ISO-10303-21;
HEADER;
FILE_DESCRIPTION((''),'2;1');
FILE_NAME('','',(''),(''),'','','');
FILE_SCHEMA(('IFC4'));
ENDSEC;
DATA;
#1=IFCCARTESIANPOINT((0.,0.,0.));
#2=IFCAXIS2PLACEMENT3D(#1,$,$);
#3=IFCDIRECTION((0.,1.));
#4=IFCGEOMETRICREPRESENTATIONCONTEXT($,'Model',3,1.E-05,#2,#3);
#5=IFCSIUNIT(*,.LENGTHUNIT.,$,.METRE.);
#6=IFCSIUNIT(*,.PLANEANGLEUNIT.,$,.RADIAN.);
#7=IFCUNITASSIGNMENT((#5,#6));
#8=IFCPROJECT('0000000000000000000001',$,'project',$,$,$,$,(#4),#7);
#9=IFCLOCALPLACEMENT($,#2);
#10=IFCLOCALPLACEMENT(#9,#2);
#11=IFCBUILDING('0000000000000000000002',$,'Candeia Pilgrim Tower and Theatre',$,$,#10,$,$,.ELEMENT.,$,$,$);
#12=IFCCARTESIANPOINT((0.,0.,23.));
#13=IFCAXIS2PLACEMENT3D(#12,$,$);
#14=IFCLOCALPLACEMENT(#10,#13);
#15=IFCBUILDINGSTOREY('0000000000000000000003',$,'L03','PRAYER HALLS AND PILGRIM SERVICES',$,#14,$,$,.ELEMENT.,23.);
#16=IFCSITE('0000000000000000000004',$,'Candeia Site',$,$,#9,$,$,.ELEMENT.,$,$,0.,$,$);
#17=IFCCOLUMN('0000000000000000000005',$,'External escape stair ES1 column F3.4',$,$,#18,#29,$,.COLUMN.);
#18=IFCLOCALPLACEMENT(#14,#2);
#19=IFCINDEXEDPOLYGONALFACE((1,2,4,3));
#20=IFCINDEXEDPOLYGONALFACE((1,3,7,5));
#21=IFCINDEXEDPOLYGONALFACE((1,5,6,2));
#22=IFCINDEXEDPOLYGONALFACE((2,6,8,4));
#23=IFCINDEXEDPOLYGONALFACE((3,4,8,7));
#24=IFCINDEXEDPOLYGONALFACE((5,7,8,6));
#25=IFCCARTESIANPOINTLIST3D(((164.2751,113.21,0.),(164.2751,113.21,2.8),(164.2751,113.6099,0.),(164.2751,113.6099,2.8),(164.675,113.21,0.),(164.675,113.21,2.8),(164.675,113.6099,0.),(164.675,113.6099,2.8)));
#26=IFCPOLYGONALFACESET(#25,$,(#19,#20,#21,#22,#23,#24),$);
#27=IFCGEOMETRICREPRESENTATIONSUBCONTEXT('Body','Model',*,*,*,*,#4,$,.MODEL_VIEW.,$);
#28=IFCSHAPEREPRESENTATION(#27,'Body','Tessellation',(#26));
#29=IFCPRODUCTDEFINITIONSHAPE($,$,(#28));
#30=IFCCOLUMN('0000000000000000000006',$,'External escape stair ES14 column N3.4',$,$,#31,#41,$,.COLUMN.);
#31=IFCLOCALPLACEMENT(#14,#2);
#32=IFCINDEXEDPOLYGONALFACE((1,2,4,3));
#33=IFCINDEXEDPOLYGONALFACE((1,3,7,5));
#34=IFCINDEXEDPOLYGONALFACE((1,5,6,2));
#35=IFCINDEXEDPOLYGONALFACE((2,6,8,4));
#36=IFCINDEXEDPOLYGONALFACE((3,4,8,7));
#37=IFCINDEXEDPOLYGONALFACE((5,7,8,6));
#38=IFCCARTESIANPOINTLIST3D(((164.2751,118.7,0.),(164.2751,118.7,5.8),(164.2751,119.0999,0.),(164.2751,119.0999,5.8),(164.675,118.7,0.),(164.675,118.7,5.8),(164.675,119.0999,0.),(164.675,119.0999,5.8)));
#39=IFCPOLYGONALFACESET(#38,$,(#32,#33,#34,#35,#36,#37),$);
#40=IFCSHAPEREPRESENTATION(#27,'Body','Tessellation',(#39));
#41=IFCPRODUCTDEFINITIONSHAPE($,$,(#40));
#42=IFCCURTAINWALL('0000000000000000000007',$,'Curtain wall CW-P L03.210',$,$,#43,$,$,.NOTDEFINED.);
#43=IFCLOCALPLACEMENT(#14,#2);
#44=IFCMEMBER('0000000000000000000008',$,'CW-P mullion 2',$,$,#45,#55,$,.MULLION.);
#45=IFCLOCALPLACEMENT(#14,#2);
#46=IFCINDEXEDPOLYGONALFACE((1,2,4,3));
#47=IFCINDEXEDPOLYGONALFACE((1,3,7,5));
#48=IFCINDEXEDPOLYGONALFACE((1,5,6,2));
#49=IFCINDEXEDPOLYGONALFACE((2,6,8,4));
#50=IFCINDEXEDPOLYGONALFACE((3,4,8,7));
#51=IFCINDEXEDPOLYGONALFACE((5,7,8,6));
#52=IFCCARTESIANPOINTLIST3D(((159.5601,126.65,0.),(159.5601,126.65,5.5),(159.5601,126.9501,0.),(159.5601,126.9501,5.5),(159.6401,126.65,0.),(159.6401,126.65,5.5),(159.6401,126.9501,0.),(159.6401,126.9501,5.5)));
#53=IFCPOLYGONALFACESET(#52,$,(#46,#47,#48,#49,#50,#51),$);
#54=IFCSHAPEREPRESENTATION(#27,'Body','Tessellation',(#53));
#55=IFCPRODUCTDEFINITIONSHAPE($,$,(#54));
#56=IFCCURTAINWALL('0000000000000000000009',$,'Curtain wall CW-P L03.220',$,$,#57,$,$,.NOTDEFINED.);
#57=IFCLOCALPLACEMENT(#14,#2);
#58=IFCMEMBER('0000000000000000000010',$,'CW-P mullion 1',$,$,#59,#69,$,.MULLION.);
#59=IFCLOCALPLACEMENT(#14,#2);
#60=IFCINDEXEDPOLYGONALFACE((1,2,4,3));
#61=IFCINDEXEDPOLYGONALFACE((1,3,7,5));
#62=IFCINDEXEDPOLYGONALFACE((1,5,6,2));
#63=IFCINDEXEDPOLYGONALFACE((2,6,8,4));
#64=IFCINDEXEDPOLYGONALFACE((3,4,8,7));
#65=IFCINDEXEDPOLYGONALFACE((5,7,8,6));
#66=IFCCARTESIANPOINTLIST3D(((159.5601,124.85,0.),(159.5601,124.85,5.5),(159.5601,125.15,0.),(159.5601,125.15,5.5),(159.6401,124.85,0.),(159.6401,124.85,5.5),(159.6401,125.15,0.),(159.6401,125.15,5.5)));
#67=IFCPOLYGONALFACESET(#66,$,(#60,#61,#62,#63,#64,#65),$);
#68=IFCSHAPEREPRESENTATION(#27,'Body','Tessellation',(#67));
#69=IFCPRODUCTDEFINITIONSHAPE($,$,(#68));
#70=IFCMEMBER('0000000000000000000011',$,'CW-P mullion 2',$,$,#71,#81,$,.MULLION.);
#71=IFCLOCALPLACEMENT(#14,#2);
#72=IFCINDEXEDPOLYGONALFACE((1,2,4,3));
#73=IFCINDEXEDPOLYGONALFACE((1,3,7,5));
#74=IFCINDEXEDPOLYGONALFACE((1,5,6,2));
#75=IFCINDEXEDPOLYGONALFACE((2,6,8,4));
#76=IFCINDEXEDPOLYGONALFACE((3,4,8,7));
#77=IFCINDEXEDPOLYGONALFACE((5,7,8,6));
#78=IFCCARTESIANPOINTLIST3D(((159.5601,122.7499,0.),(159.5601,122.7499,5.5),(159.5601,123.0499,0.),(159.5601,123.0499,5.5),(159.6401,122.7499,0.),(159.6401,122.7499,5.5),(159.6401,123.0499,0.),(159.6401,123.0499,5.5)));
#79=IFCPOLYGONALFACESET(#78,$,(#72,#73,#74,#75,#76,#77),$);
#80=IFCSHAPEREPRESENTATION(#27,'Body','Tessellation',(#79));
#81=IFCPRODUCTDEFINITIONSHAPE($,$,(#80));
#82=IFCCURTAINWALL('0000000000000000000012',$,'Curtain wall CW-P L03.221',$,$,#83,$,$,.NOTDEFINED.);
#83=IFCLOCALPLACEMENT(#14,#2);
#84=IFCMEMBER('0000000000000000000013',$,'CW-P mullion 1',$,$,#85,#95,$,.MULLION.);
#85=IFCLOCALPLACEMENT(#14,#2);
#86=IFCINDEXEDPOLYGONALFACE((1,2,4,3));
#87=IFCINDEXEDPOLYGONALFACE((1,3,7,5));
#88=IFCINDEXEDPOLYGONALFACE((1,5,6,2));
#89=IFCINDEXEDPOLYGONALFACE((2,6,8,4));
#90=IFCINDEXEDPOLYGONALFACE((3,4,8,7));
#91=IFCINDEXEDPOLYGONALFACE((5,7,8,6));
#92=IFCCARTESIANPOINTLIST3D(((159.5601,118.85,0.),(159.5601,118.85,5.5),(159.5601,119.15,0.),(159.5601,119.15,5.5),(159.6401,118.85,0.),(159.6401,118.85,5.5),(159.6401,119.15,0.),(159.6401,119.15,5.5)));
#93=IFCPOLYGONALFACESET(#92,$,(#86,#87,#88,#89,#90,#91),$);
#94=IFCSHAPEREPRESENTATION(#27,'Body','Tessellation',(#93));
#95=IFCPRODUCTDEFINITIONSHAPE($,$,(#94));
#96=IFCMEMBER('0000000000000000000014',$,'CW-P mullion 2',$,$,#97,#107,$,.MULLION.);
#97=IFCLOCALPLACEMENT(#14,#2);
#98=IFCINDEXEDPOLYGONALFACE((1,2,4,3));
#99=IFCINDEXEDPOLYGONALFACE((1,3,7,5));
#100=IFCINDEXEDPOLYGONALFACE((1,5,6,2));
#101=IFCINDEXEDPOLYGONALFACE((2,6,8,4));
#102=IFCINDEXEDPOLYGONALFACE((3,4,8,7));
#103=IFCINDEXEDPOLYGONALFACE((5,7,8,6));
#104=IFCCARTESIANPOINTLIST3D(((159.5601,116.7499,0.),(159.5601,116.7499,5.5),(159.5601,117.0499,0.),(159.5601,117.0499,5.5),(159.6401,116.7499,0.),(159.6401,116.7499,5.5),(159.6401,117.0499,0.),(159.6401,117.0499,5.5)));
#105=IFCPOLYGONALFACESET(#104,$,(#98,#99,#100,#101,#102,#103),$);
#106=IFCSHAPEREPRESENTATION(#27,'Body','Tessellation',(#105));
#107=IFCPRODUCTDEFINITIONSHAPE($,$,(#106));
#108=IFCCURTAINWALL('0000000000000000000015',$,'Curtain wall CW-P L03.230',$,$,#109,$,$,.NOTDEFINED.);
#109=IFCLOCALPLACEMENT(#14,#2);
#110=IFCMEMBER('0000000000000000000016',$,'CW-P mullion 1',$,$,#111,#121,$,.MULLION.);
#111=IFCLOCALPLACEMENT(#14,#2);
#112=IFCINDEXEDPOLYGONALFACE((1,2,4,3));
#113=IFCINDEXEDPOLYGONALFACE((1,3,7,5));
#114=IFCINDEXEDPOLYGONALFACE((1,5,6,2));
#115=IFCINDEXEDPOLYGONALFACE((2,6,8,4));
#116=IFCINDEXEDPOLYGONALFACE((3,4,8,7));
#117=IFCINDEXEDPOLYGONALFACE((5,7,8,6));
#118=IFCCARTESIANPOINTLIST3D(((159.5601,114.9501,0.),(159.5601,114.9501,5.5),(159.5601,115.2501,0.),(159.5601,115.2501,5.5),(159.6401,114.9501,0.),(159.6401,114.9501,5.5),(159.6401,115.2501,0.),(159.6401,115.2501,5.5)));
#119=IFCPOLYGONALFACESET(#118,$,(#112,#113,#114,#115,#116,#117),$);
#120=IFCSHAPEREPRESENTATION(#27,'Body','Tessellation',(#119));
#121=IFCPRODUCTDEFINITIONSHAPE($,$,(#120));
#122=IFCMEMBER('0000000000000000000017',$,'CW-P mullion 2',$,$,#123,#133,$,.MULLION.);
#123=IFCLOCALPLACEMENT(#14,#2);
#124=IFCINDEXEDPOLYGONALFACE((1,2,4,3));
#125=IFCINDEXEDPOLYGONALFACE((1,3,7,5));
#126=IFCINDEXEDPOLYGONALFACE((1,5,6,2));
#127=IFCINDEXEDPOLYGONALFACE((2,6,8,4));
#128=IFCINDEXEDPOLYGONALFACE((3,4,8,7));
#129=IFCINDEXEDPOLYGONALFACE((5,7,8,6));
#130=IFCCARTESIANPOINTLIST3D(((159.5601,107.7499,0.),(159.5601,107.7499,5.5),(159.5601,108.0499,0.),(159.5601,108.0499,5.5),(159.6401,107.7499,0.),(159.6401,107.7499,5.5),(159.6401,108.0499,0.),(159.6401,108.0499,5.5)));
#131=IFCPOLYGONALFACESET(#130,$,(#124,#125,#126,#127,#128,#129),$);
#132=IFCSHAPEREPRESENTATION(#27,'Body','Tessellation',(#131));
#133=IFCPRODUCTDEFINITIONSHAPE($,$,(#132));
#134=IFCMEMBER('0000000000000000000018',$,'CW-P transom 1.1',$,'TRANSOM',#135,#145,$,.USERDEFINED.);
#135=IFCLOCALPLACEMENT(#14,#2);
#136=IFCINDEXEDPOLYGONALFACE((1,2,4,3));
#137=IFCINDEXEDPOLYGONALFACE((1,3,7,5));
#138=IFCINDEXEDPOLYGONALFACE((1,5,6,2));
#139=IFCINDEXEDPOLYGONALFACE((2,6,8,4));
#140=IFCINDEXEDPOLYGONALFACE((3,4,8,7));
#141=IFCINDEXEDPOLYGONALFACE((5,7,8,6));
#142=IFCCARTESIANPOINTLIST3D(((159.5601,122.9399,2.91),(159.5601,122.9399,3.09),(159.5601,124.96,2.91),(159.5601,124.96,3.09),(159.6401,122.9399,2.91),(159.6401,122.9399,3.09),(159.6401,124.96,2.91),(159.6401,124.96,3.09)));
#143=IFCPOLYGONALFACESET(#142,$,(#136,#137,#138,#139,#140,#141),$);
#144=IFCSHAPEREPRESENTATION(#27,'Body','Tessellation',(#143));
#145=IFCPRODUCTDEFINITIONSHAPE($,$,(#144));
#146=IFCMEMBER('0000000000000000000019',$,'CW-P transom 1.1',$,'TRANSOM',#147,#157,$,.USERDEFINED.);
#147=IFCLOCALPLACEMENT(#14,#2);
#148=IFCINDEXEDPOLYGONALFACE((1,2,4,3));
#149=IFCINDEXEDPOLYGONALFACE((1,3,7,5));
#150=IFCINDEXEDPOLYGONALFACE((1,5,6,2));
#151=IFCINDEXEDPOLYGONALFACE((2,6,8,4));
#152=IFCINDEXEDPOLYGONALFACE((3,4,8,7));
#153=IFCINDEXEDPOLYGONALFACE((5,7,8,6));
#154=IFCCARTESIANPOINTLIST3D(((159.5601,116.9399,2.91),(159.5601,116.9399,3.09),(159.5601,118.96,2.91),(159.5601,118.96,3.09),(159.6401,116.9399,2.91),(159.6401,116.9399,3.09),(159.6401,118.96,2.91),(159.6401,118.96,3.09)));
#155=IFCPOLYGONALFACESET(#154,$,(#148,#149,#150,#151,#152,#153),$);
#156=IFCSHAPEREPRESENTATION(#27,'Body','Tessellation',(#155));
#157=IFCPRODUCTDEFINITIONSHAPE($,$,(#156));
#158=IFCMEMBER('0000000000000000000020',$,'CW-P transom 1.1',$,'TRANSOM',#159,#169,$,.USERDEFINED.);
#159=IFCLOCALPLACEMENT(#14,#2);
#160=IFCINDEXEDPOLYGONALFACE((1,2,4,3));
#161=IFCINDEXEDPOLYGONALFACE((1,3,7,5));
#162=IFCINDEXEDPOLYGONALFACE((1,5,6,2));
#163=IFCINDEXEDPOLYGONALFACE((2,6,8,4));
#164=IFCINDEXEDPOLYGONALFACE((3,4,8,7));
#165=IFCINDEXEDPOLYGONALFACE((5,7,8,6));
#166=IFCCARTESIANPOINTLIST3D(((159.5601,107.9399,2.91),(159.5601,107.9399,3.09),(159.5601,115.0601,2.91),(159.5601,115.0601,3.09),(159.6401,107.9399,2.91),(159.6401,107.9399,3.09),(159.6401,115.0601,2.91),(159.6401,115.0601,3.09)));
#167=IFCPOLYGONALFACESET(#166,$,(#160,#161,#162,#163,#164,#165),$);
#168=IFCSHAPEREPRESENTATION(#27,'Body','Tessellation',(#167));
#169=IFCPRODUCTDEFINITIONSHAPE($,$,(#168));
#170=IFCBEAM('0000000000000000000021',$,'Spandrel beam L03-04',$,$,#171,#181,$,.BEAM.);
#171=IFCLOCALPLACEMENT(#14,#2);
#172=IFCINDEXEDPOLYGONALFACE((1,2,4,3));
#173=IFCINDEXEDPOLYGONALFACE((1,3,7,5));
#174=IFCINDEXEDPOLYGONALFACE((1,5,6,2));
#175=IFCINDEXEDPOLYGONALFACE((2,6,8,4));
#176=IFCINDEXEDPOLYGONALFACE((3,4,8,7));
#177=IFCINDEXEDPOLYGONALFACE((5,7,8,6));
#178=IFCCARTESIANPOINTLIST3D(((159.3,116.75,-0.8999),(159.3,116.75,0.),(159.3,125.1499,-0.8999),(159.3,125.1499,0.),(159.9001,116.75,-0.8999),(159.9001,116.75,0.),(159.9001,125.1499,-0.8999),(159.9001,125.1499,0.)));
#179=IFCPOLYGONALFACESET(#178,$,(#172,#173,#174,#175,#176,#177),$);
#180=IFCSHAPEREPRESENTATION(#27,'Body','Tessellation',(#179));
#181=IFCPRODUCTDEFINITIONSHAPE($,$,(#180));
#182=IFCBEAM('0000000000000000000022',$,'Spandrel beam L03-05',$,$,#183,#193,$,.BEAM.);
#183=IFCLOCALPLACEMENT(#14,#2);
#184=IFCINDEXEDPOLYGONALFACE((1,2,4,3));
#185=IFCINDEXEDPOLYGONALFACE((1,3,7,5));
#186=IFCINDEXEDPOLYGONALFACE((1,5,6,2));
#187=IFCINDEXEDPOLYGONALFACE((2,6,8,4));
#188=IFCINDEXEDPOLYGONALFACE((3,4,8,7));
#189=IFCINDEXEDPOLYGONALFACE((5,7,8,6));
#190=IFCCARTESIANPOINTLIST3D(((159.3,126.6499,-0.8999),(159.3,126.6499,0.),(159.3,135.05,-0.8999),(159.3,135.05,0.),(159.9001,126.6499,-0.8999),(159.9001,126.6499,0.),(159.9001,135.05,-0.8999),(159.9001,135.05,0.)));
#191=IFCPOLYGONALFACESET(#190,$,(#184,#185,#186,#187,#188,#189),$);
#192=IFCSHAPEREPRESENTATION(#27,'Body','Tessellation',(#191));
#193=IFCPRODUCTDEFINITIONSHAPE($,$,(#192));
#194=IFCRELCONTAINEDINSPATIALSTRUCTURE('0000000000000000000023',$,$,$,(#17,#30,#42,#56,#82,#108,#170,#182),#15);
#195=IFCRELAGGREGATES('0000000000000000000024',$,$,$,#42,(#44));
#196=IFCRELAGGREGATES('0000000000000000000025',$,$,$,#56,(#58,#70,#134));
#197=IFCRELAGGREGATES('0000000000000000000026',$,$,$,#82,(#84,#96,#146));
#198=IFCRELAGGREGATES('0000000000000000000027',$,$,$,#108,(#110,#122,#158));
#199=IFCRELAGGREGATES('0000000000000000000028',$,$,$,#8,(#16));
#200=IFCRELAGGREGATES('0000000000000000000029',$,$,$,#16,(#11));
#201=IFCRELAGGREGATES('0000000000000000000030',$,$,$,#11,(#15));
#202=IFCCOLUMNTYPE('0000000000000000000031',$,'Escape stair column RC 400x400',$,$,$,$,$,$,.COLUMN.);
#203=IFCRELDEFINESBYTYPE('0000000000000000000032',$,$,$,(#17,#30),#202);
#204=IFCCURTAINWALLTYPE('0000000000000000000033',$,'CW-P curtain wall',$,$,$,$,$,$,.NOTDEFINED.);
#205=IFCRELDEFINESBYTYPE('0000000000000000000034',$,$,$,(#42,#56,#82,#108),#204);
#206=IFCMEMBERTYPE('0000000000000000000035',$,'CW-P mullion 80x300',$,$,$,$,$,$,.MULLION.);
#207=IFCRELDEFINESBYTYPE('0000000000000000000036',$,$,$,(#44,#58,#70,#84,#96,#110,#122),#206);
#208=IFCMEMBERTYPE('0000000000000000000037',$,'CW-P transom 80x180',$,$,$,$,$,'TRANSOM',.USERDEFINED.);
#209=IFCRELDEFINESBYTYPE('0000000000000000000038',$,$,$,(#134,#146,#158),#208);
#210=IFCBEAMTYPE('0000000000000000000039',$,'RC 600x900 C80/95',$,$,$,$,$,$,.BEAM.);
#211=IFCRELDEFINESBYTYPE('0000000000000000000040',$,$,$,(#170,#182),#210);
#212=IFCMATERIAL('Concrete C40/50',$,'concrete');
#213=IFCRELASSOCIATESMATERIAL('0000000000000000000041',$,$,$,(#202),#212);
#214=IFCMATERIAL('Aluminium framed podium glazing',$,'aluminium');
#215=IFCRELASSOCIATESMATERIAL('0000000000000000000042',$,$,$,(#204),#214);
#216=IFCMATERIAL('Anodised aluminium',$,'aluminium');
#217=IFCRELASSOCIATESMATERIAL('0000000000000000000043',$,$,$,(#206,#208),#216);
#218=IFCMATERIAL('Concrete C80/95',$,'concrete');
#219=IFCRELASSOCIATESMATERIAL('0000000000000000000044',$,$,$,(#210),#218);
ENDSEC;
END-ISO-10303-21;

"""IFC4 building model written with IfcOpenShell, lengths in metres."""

from ifc_helpers import new_model, si_unit, direction, frame, origin, origin_2d, place, context, subcontext, project, spatial, rectangle, extrude, material, material_profile, profile_set, type_object, element, aggregate, save


model = new_model("IFC4")

# Units and contexts
model_context = context("Model", 3, precision=1e-05, world=origin(), true_north=direction((0.0, 1.0)))
body_context = subcontext(model_context, "Body", "Model", "MODEL_VIEW")
ifc_project = project(units=[si_unit("LENGTHUNIT", "METRE"), si_unit("PLANEANGLEUNIT", "RADIAN")], contexts=[model_context])

# Site, building, storey
site_placement = place(None, origin())
site = spatial("IfcSite", under=ifc_project, at=site_placement, Name="Candeia Site", CompositionType="ELEMENT", RefElevation=0.0)
building_placement = place(site_placement, origin())
building = spatial("IfcBuilding", under=site, at=building_placement, Name="Candeia Pilgrim Tower and Theatre", CompositionType="ELEMENT")
storey_placement = place(building_placement, frame((0.0, 0.0, 23.0)))
storey = spatial("IfcBuildingStorey", under=building, at=storey_placement, Name="L03", Description="PRAYER HALLS AND PILGRIM SERVICES", CompositionType="ELEMENT", Elevation=23.0)

# Columns
ifc_material_1 = material(Name="Concrete C40/50", Category="concrete")
ifc_material_profile_1 = material_profile(ifc_material_1, rectangle(XDim=0.3999, YDim=0.3999, at=origin_2d()))
ifc_profile_set_1 = profile_set([ifc_material_profile_1], Name="Concrete C40/50")
column_type = type_object("IfcColumnType", Name="Escape stair column RC 400x400", PredefinedType="COLUMN", material=ifc_profile_set_1)
column_1_placement = place(storey_placement, frame((164.4751, 113.4099, 0.0), z_axis=(0.0, 0.0, 1.0), x_axis=(1.0, 0.0, 0.0)))
element("IfcColumn", 1, at=column_1_placement, inside=storey, type_object=column_type, Name="External escape stair ES1 column F3.4", PredefinedType="COLUMN", context=body_context, shape_type="SweptSolid", body=[
    extrude(rectangle(XDim=0.3999, YDim=0.3999, at=origin_2d()), origin(), (0.0, 0.0, 1.0), 2.8),
])
column_2_placement = place(storey_placement, frame((164.4751, 118.8999, 0.0), z_axis=(0.0, 0.0, 1.0), x_axis=(1.0, 0.0, 0.0)))
element("IfcColumn", 2, at=column_2_placement, inside=storey, type_object=column_type, Name="External escape stair ES14 column N3.4", PredefinedType="COLUMN", context=body_context, shape_type="SweptSolid", body=[
    extrude(rectangle(XDim=0.3999, YDim=0.3999, at=origin_2d()), origin(), (0.0, 0.0, 1.0), 5.8),
])

# Curtain wall, member
ifc_material_2 = material(Name="Aluminium framed podium glazing", Category="aluminium")
curtain_wall_type = type_object("IfcCurtainWallType", Name="CW-P curtain wall", PredefinedType="NOTDEFINED", material=ifc_material_2)
curtain_wall_1_placement = place(storey_placement, origin())
curtain_wall_1 = element("IfcCurtainWall", 3, at=curtain_wall_1_placement, inside=storey, type_object=curtain_wall_type, Name="Curtain wall CW-P L03.210", PredefinedType="NOTDEFINED")
ifc_material_3 = material(Name="Anodised aluminium", Category="aluminium")
ifc_material_profile_2 = material_profile(ifc_material_3, rectangle(XDim=0.0801, YDim=0.3, at=origin_2d()))
ifc_profile_set_2 = profile_set([ifc_material_profile_2], Name="Anodised aluminium")
member_type_1 = type_object("IfcMemberType", Name="CW-P mullion 80x300", PredefinedType="MULLION", material=ifc_profile_set_2)
member_1_placement = place(storey_placement, frame((159.6001, 126.8, 0.0), z_axis=(0.0, 0.0, 1.0), x_axis=(1.0, 0.0, 0.0)))
member_1 = element("IfcMember", 4, at=member_1_placement, type_object=member_type_1, Name="CW-P mullion 2", PredefinedType="MULLION", context=body_context, shape_type="SweptSolid", body=[
    extrude(rectangle(XDim=0.0801, YDim=0.3, at=origin_2d()), origin(), (0.0, 0.0, 1.0), 5.5),
])
aggregate(curtain_wall_1, [member_1])

# Curtain walls, members
curtain_wall_2_placement = place(storey_placement, origin())
curtain_wall_2 = element("IfcCurtainWall", 5, at=curtain_wall_2_placement, inside=storey, type_object=curtain_wall_type, Name="Curtain wall CW-P L03.220", PredefinedType="NOTDEFINED")
member_2_placement = place(storey_placement, frame((159.6001, 125.0, 0.0), z_axis=(0.0, 0.0, 1.0), x_axis=(1.0, 0.0, 0.0)))
member_2 = element("IfcMember", 6, at=member_2_placement, type_object=member_type_1, Name="CW-P mullion 1", PredefinedType="MULLION", context=body_context, shape_type="SweptSolid", body=[
    extrude(rectangle(XDim=0.0801, YDim=0.3, at=origin_2d()), origin(), (0.0, 0.0, 1.0), 5.5),
])
member_3_placement = place(storey_placement, frame((159.6001, 122.8999, 0.0), z_axis=(0.0, 0.0, 1.0), x_axis=(1.0, 0.0, 0.0)))
member_3 = element("IfcMember", 7, at=member_3_placement, type_object=member_type_1, Name="CW-P mullion 2", PredefinedType="MULLION", context=body_context, shape_type="SweptSolid", body=[
    extrude(rectangle(XDim=0.0801, YDim=0.3, at=origin_2d()), origin(), (0.0, 0.0, 1.0), 5.5),
])
curtain_wall_3_placement = place(storey_placement, origin())
curtain_wall_3 = element("IfcCurtainWall", 8, at=curtain_wall_3_placement, inside=storey, type_object=curtain_wall_type, Name="Curtain wall CW-P L03.221", PredefinedType="NOTDEFINED")
member_4_placement = place(storey_placement, frame((159.6001, 119.0, 0.0), z_axis=(0.0, 0.0, 1.0), x_axis=(1.0, 0.0, 0.0)))
member_4 = element("IfcMember", 9, at=member_4_placement, type_object=member_type_1, Name="CW-P mullion 1", PredefinedType="MULLION", context=body_context, shape_type="SweptSolid", body=[
    extrude(rectangle(XDim=0.0801, YDim=0.3, at=origin_2d()), origin(), (0.0, 0.0, 1.0), 5.5),
])
member_5_placement = place(storey_placement, frame((159.6001, 116.8999, 0.0), z_axis=(0.0, 0.0, 1.0), x_axis=(1.0, 0.0, 0.0)))
member_5 = element("IfcMember", 10, at=member_5_placement, type_object=member_type_1, Name="CW-P mullion 2", PredefinedType="MULLION", context=body_context, shape_type="SweptSolid", body=[
    extrude(rectangle(XDim=0.0801, YDim=0.3, at=origin_2d()), origin(), (0.0, 0.0, 1.0), 5.5),
])
curtain_wall_4_placement = place(storey_placement, origin())
curtain_wall_4 = element("IfcCurtainWall", 11, at=curtain_wall_4_placement, inside=storey, type_object=curtain_wall_type, Name="Curtain wall CW-P L03.230", PredefinedType="NOTDEFINED")
member_6_placement = place(storey_placement, frame((159.6001, 115.1001, 0.0), z_axis=(0.0, 0.0, 1.0), x_axis=(1.0, 0.0, 0.0)))
member_6 = element("IfcMember", 12, at=member_6_placement, type_object=member_type_1, Name="CW-P mullion 1", PredefinedType="MULLION", context=body_context, shape_type="SweptSolid", body=[
    extrude(rectangle(XDim=0.0801, YDim=0.3, at=origin_2d()), origin(), (0.0, 0.0, 1.0), 5.5),
])
member_7_placement = place(storey_placement, frame((159.6001, 107.8999, 0.0), z_axis=(0.0, 0.0, 1.0), x_axis=(1.0, 0.0, 0.0)))
member_7 = element("IfcMember", 13, at=member_7_placement, type_object=member_type_1, Name="CW-P mullion 2", PredefinedType="MULLION", context=body_context, shape_type="SweptSolid", body=[
    extrude(rectangle(XDim=0.0801, YDim=0.3, at=origin_2d()), origin(), (0.0, 0.0, 1.0), 5.5),
])

# Members
ifc_material_profile_3 = material_profile(ifc_material_3, rectangle(XDim=0.0801, YDim=0.1799, at=origin_2d()))
ifc_profile_set_3 = profile_set([ifc_material_profile_3], Name="Anodised aluminium")
member_type_2 = type_object("IfcMemberType", Name="CW-P transom 80x180", ElementType="TRANSOM", PredefinedType="USERDEFINED", material=ifc_profile_set_3)
member_8_placement = place(storey_placement, frame((159.6001, 124.96, 3.0), z_axis=(0.0, -1.0, 0.0), x_axis=(1.0, 0.0, 0.0)))
member_8 = element("IfcMember", 14, at=member_8_placement, type_object=member_type_2, Name="CW-P transom 1.1", ObjectType="TRANSOM", PredefinedType="USERDEFINED", context=body_context, shape_type="SweptSolid", body=[
    extrude(rectangle(XDim=0.0801, YDim=0.1799, at=origin_2d()), origin(), (0.0, 0.0, 1.0), 2.02),
])
member_9_placement = place(storey_placement, frame((159.6001, 118.96, 3.0), z_axis=(0.0, -1.0, 0.0), x_axis=(1.0, 0.0, 0.0)))
member_9 = element("IfcMember", 15, at=member_9_placement, type_object=member_type_2, Name="CW-P transom 1.1", ObjectType="TRANSOM", PredefinedType="USERDEFINED", context=body_context, shape_type="SweptSolid", body=[
    extrude(rectangle(XDim=0.0801, YDim=0.1799, at=origin_2d()), origin(), (0.0, 0.0, 1.0), 2.02),
])
member_10_placement = place(storey_placement, frame((159.6001, 115.0601, 3.0), z_axis=(0.0, -1.0, 0.0), x_axis=(1.0, 0.0, 0.0)))
member_10 = element("IfcMember", 16, at=member_10_placement, type_object=member_type_2, Name="CW-P transom 1.1", ObjectType="TRANSOM", PredefinedType="USERDEFINED", context=body_context, shape_type="SweptSolid", body=[
    extrude(rectangle(XDim=0.0801, YDim=0.1799, at=origin_2d()), origin(), (0.0, 0.0, 1.0), 7.1201),
])

# Beams
ifc_material_4 = material(Name="Concrete C80/95", Category="concrete")
ifc_material_profile_4 = material_profile(ifc_material_4, rectangle(XDim=0.6001, YDim=0.8999, at=origin_2d()))
ifc_profile_set_4 = profile_set([ifc_material_profile_4], Name="Concrete C80/95")
beam_type = type_object("IfcBeamType", Name="RC 600x900 C80/95", PredefinedType="BEAM", material=ifc_profile_set_4)
beam_1_placement = place(storey_placement, frame((159.6001, 116.75, -0.45), z_axis=(0.0, 1.0, 0.0), x_axis=(-1.0, 0.0, 0.0)))
element("IfcBeam", 17, at=beam_1_placement, inside=storey, type_object=beam_type, Name="Spandrel beam L03-04", PredefinedType="BEAM", context=body_context, shape_type="SweptSolid", body=[
    extrude(rectangle(XDim=0.6001, YDim=0.8999, at=origin_2d()), origin(), (0.0, 0.0, 1.0), 8.3999),
])
beam_2_placement = place(storey_placement, frame((159.6001, 126.6499, -0.45), z_axis=(0.0, 1.0, 0.0), x_axis=(-1.0, 0.0, 0.0)))
element("IfcBeam", 18, at=beam_2_placement, inside=storey, type_object=beam_type, Name="Spandrel beam L03-05", PredefinedType="BEAM", context=body_context, shape_type="SweptSolid", body=[
    extrude(rectangle(XDim=0.6001, YDim=0.8999, at=origin_2d()), origin(), (0.0, 0.0, 1.0), 8.4001),
])

aggregate(curtain_wall_2, [member_2, member_3, member_8])
aggregate(curtain_wall_3, [member_4, member_5, member_9])
aggregate(curtain_wall_4, [member_6, member_7, member_10])

save(model, "model.ifc")
